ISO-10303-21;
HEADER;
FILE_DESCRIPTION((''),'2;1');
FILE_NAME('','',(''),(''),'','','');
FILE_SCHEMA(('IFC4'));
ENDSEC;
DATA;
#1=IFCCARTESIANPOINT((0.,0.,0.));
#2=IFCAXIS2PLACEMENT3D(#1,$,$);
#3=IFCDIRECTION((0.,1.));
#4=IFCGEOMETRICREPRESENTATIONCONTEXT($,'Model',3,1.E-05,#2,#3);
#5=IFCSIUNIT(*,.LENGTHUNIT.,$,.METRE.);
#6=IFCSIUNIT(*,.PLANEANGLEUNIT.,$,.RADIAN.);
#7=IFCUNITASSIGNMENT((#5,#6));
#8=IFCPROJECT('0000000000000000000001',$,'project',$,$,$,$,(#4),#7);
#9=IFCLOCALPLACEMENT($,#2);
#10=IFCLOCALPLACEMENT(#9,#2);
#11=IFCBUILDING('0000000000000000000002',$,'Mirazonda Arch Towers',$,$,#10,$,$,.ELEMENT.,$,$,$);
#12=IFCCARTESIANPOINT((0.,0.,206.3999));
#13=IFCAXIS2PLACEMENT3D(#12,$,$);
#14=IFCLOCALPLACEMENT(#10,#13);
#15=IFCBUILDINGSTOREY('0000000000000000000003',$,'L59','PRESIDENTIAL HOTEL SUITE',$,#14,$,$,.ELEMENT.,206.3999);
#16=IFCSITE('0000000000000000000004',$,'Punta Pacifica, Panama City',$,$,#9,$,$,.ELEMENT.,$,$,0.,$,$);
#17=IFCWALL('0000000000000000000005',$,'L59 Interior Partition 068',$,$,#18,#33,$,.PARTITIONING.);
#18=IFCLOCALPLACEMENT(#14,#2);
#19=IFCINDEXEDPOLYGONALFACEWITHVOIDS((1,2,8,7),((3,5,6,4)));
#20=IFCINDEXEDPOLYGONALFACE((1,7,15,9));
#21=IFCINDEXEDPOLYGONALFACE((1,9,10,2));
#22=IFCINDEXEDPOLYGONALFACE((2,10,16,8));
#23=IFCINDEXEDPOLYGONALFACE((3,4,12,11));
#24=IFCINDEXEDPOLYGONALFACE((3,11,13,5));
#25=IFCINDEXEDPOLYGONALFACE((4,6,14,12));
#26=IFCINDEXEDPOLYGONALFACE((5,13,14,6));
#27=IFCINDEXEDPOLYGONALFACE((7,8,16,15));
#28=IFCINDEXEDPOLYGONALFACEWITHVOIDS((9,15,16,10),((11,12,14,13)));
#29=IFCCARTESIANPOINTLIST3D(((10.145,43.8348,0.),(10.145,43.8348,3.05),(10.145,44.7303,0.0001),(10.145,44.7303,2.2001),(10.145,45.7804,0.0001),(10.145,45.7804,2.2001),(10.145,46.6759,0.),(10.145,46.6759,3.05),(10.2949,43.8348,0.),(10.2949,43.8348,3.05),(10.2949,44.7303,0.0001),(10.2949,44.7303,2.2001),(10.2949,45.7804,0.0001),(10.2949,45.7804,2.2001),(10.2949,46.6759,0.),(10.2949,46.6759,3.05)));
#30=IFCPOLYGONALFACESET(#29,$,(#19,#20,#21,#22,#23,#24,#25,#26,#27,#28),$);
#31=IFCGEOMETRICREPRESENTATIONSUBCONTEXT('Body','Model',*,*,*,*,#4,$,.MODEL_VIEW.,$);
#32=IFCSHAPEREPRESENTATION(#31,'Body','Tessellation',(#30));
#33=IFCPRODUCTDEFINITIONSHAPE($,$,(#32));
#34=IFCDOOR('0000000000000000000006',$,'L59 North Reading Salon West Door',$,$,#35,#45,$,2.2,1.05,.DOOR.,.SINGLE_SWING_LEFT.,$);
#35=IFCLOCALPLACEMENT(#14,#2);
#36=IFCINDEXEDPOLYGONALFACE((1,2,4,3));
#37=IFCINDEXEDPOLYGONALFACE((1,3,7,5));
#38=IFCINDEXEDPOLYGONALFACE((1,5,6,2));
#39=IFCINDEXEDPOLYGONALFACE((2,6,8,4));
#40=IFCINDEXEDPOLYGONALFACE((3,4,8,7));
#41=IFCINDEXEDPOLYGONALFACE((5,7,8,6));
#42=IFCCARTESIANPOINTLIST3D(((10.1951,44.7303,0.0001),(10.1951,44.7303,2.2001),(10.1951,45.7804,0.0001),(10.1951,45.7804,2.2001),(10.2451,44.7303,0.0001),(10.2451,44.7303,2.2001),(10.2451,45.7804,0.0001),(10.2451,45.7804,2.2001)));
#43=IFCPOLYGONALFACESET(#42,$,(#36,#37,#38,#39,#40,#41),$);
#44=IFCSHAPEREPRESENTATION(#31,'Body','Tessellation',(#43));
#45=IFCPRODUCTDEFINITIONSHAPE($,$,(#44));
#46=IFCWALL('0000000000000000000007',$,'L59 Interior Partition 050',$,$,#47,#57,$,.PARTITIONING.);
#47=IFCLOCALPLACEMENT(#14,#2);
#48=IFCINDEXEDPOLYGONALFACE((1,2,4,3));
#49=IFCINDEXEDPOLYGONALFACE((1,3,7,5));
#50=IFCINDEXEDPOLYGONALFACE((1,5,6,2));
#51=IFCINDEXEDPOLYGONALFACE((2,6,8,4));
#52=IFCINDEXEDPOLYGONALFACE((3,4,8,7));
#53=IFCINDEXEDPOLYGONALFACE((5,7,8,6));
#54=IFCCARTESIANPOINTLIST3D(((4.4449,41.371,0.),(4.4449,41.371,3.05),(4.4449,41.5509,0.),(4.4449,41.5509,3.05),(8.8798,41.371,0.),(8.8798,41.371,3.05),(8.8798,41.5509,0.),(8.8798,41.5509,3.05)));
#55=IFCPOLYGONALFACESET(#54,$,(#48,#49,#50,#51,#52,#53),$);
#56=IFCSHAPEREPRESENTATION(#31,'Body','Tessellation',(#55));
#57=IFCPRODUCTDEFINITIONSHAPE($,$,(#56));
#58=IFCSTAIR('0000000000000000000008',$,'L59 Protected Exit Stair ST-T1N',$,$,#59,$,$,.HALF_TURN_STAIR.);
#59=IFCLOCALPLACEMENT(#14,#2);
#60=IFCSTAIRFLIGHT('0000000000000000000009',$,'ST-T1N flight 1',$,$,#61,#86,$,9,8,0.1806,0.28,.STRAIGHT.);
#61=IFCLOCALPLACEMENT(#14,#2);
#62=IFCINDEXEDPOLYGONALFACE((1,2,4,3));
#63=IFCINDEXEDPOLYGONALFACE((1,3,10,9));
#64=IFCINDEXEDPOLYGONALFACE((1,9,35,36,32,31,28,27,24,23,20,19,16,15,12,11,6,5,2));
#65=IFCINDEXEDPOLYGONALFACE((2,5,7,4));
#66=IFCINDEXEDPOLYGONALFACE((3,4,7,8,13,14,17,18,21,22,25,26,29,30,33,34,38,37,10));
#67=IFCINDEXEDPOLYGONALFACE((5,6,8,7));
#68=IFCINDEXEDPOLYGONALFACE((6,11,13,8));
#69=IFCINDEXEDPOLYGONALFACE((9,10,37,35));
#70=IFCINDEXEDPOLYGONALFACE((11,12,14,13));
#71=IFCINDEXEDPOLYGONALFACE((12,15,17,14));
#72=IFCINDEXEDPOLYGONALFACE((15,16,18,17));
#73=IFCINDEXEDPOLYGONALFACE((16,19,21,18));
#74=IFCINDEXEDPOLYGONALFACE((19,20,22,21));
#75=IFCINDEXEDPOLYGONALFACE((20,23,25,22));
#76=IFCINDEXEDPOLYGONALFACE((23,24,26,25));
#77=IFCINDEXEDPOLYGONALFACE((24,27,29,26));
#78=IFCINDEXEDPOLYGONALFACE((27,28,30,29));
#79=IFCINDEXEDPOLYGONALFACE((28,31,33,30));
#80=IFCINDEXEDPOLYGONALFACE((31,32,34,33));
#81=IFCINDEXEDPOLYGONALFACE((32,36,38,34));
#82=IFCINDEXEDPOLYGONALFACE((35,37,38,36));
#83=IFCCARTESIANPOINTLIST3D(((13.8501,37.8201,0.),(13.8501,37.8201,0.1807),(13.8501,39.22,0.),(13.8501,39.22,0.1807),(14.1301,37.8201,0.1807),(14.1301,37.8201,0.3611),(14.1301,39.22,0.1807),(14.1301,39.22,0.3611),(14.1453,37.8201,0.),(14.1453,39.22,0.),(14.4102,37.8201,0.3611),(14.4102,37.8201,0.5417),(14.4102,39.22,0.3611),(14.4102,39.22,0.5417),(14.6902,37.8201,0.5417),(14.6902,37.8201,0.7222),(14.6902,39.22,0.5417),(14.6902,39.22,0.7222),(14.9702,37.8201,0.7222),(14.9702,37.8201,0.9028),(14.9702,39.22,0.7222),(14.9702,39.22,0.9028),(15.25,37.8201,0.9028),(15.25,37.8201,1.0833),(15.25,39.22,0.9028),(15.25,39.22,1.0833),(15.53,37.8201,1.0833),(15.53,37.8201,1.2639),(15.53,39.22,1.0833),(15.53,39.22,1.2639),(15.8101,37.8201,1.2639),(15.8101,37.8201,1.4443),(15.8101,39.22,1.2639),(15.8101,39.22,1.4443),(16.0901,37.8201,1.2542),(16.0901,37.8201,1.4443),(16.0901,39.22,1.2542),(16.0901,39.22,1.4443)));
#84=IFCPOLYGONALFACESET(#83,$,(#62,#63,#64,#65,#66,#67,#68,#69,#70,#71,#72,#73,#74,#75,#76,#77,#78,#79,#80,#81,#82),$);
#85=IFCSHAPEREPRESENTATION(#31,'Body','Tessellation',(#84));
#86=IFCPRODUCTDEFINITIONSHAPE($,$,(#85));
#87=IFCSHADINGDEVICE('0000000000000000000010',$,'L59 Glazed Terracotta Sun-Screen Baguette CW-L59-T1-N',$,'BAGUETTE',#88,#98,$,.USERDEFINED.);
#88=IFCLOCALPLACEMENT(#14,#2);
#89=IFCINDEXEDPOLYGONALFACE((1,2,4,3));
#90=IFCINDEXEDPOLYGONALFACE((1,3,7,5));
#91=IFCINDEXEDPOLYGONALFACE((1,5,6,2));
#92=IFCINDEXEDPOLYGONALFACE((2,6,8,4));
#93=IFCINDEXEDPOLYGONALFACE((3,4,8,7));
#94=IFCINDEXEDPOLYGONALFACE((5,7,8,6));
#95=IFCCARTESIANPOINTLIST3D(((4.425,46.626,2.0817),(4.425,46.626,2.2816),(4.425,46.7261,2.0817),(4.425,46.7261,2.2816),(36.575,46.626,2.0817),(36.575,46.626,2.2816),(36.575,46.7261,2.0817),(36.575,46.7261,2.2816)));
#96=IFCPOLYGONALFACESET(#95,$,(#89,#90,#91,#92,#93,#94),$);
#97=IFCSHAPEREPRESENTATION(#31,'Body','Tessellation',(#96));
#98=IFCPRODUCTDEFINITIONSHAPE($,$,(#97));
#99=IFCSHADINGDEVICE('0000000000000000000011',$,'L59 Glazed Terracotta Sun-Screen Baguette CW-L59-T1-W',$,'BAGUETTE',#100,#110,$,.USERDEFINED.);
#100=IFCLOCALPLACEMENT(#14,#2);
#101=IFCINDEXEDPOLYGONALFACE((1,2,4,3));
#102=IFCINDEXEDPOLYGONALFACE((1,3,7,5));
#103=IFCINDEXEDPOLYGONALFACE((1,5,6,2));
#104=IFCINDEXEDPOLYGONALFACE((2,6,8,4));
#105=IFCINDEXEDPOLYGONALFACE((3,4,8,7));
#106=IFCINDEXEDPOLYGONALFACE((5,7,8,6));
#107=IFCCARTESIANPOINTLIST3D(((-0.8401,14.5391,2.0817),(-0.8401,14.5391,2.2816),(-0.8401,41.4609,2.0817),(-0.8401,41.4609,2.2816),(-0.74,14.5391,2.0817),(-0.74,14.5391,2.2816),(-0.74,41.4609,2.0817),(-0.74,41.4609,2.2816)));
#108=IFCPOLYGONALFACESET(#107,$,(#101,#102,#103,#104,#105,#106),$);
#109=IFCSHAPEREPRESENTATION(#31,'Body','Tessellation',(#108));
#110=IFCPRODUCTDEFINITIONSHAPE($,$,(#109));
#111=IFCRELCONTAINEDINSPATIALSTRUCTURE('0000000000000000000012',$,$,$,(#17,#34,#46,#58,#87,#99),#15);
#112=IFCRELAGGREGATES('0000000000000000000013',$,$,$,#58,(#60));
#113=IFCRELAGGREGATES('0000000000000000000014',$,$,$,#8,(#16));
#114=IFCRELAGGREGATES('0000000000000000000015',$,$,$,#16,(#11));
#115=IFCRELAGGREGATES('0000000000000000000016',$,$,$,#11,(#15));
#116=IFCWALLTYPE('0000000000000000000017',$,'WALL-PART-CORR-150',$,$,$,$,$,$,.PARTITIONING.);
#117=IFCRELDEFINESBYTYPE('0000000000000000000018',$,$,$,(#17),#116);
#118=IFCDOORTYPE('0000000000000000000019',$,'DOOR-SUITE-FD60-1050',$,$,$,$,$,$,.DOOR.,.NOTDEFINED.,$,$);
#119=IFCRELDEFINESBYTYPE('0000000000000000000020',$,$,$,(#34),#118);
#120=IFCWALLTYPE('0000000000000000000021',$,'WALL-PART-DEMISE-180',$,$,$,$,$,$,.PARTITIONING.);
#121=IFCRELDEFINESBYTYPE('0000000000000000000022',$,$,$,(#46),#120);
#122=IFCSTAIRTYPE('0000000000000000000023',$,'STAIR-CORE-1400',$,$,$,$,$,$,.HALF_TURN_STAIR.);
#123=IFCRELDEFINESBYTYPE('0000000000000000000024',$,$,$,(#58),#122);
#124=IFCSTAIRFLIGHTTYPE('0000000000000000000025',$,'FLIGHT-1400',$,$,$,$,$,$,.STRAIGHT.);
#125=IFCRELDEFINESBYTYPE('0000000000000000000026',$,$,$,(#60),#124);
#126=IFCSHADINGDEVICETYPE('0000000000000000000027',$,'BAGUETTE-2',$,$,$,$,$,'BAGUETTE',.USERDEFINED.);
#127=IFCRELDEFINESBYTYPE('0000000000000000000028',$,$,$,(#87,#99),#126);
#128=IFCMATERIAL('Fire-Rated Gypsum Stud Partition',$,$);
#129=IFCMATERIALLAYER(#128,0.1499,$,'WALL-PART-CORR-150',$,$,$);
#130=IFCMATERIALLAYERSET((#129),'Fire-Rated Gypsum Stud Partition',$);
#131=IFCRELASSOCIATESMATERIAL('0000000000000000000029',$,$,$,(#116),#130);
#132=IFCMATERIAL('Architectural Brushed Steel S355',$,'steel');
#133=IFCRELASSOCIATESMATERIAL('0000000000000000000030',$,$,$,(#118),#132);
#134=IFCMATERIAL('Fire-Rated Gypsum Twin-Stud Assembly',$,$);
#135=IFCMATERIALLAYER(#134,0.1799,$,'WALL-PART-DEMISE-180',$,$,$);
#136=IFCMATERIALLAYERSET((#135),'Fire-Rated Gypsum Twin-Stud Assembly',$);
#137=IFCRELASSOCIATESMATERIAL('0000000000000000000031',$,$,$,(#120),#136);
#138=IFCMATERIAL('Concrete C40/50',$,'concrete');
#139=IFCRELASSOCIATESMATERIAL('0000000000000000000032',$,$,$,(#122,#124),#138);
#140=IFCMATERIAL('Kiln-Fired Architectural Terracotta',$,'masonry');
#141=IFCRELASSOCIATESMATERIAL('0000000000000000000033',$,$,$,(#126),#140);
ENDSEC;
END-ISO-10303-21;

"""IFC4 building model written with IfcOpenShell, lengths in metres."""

from ifc_helpers import new_model, si_unit, direction, frame, frame_2d, origin, origin_2d, place, context, subcontext, project, spatial, polyline, rectangle, outline, extrude, material, layer, layer_set, material_profile, profile_set, type_object, element, fill, aggregate, save


model = new_model("IFC4")

# Units and contexts
model_context = context("Model", 3, precision=1e-05, world=origin(), true_north=direction((0.0, 1.0)))
body_context = subcontext(model_context, "Body", "Model", "MODEL_VIEW")
ifc_project = project(units=[si_unit("LENGTHUNIT", "METRE"), si_unit("PLANEANGLEUNIT", "RADIAN")], contexts=[model_context])

# Site, building, storey
site_placement = place(None, origin())
site = spatial("IfcSite", under=ifc_project, at=site_placement, Name="Punta Pacifica, Panama City", CompositionType="ELEMENT", RefElevation=0.0)
building_placement = place(site_placement, origin())
building = spatial("IfcBuilding", under=site, at=building_placement, Name="Mirazonda Arch Towers", CompositionType="ELEMENT")
storey_placement = place(building_placement, frame((0.0, 0.0, 206.3999)))
storey = spatial("IfcBuildingStorey", under=building, at=storey_placement, Name="L59", Description="PRESIDENTIAL HOTEL SUITE", CompositionType="ELEMENT", Elevation=206.3999)

# Shared definitions
ifc_material_1 = material(Name="Fire-Rated Gypsum Stud Partition")
ifc_layer_1 = layer(ifc_material_1, 0.1499, Name="WALL-PART-CORR-150")
ifc_layer_set_1 = layer_set([ifc_layer_1], Name="Fire-Rated Gypsum Stud Partition")
wall_type_1 = type_object("IfcWallType", Name="WALL-PART-CORR-150", PredefinedType="PARTITIONING", material=ifc_layer_set_1)

# Wall, opening, door
wall_1_placement = place(storey_placement, frame((10.22, 43.835, 0.0), z_axis=(0.0, 0.0, 1.0), x_axis=(0.0, 1.0, 0.0)))
wall_1 = element("IfcWall", 1, at=wall_1_placement, inside=storey, type_object=wall_type_1, Name="L59 Interior Partition 068", PredefinedType="PARTITIONING", context=body_context, shape_type="SweptSolid", body=[
    extrude(rectangle(XDim=2.8411, YDim=0.1499, at=frame_2d((1.4204, 0.0))), origin(), (0.0, 0.0, 1.0), 3.05),
])
opening_1_placement = place(wall_1_placement, frame((0.8955, 0.0, 0.0)))
opening_1 = element("IfcOpeningElement", 2, at=opening_1_placement, cuts=wall_1, PredefinedType="OPENING", context=body_context, shape_type="SweptSolid", body=[
    extrude(rectangle(XDim=1.05, YDim=2.2, at=frame_2d((0.5249, 1.1001))), frame((0.0, 0.085, 0.0), z_axis=(0.0, -1.0, 0.0), x_axis=(1.0, 0.0, 0.0)), (0.0, 0.0, 1.0), 0.1699),
])
ifc_material_2 = material(Name="Architectural Brushed Steel S355", Category="steel")
door_type_1 = type_object("IfcDoorType", Name="DOOR-SUITE-FD60-1050", OperationType="NOTDEFINED", PredefinedType="DOOR", material=ifc_material_2)
door_1_placement = place(opening_1_placement, origin())
door_1 = element("IfcDoor", 3, at=door_1_placement, inside=storey, type_object=door_type_1, Name="L59 North Reading Salon West Door", OperationType="SINGLE_SWING_LEFT", OverallHeight=2.2, OverallWidth=1.05, PredefinedType="DOOR", context=body_context, shape_type="SweptSolid", body=[
    extrude(rectangle(XDim=1.05, YDim=2.2, at=frame_2d((0.5249, 1.1001))), frame((0.0, 0.0249, 0.0), z_axis=(0.0, -1.0, 0.0), x_axis=(1.0, 0.0, 0.0)), (0.0, 0.0, 1.0), 0.05),
])
fill(opening_1, door_1)

# Wall
ifc_material_3 = material(Name="Fire-Rated Gypsum Twin-Stud Assembly")
ifc_layer_2 = layer(ifc_material_3, 0.1799, Name="WALL-PART-DEMISE-180")
ifc_layer_set_2 = layer_set([ifc_layer_2], Name="Fire-Rated Gypsum Twin-Stud Assembly")
wall_type_2 = type_object("IfcWallType", Name="WALL-PART-DEMISE-180", PredefinedType="PARTITIONING", material=ifc_layer_set_2)
wall_2_placement = place(storey_placement, frame((4.4451, 41.4609, 0.0), z_axis=(0.0, 0.0, 1.0), x_axis=(1.0, 0.0, 0.0)))
element("IfcWall", 4, at=wall_2_placement, inside=storey, type_object=wall_type_2, Name="L59 Interior Partition 050", PredefinedType="PARTITIONING", context=body_context, shape_type="SweptSolid", body=[
    extrude(rectangle(XDim=4.4348, YDim=0.1799, at=frame_2d((2.2173, 0.0))), origin(), (0.0, 0.0, 1.0), 3.05),
])

# Stair, stair flight
ifc_material_4 = material(Name="Concrete C40/50", Category="concrete")
stair_type = type_object("IfcStairType", Name="STAIR-CORE-1400", PredefinedType="HALF_TURN_STAIR", material=ifc_material_4)
stair_placement = place(storey_placement, origin())
stair = element("IfcStair", 5, at=stair_placement, inside=storey, type_object=stair_type, Name="L59 Protected Exit Stair ST-T1N", PredefinedType="HALF_TURN_STAIR")
stair_flight_type = type_object("IfcStairFlightType", Name="FLIGHT-1400", PredefinedType="STRAIGHT", material=ifc_material_4)
stair_flight_placement = place(storey_placement, frame((13.8501, 38.52, 0.0), z_axis=(0.0, 0.0, 1.0), x_axis=(1.0, 0.0, 0.0)))
stair_flight = element("IfcStairFlight", 6, at=stair_flight_placement, type_object=stair_flight_type, Name="ST-T1N flight 1", NumberOfRisers=9, NumberOfTreads=8, PredefinedType="STRAIGHT", RiserHeight=0.1806, TreadLength=0.28, context=body_context, shape_type="SweptSolid", body=[
    extrude(outline(polyline([(0.0, 0.0), (0.0, 0.1807), (0.28, 0.1807), (0.28, 0.3611), (0.5601, 0.3611), (0.5601, 0.5417), (0.8401, 0.5417), (0.8401, 0.7222), (1.1201, 0.7222), (1.1201, 0.9028), (1.3999, 0.9028), (1.3999, 1.0833), (1.6799, 1.0833), (1.6799, 1.2639), (1.96, 1.2639), (1.96, 1.4443), (2.24, 1.4443), (2.24, 1.625), (2.24, 1.2542), (0.2952, 0.0), (0.0, 0.0)])), frame((0.0, 0.7, 0.0), z_axis=(0.0, -1.0, 0.0), x_axis=(1.0, 0.0, 0.0)), (0.0, 0.0, 1.0), 1.3999),
])
aggregate(stair, [stair_flight])

# Shading devices
ifc_material_5 = material(Name="Kiln-Fired Architectural Terracotta", Category="masonry")
ifc_material_profile_1 = material_profile(ifc_material_5, rectangle(XDim=0.1001, YDim=0.2, at=origin_2d()), Name="TERRA-BAG-100x200")
ifc_profile_set_1 = profile_set([ifc_material_profile_1], Name="Kiln-Fired Architectural Terracotta")
shading_device_type = type_object("IfcShadingDeviceType", Name="BAGUETTE-2", ElementType="BAGUETTE", PredefinedType="USERDEFINED", material=ifc_profile_set_1)
shading_device_1_placement = place(storey_placement, frame((4.425, 46.676, 2.1816), z_axis=(1.0, 0.0, 0.0), x_axis=(0.0, 1.0, 0.0)))
element("IfcShadingDevice", 7, at=shading_device_1_placement, inside=storey, type_object=shading_device_type, Name="L59 Glazed Terracotta Sun-Screen Baguette CW-L59-T1-N", ObjectType="BAGUETTE", PredefinedType="USERDEFINED", context=body_context, shape_type="SweptSolid", body=[
    extrude(rectangle(XDim=0.1001, YDim=0.2, at=origin_2d()), origin(), (0.0, 0.0, 1.0), 32.1499),
])
shading_device_2_placement = place(storey_placement, frame((-0.79, 41.4609, 2.1816), z_axis=(0.0, -1.0, 0.0), x_axis=(1.0, 0.0, 0.0)))
element("IfcShadingDevice", 8, at=shading_device_2_placement, inside=storey, type_object=shading_device_type, Name="L59 Glazed Terracotta Sun-Screen Baguette CW-L59-T1-W", ObjectType="BAGUETTE", PredefinedType="USERDEFINED", context=body_context, shape_type="SweptSolid", body=[
    extrude(rectangle(XDim=0.1001, YDim=0.2, at=origin_2d()), origin(), (0.0, 0.0, 1.0), 26.9219),
])

save(model, "model.ifc")
